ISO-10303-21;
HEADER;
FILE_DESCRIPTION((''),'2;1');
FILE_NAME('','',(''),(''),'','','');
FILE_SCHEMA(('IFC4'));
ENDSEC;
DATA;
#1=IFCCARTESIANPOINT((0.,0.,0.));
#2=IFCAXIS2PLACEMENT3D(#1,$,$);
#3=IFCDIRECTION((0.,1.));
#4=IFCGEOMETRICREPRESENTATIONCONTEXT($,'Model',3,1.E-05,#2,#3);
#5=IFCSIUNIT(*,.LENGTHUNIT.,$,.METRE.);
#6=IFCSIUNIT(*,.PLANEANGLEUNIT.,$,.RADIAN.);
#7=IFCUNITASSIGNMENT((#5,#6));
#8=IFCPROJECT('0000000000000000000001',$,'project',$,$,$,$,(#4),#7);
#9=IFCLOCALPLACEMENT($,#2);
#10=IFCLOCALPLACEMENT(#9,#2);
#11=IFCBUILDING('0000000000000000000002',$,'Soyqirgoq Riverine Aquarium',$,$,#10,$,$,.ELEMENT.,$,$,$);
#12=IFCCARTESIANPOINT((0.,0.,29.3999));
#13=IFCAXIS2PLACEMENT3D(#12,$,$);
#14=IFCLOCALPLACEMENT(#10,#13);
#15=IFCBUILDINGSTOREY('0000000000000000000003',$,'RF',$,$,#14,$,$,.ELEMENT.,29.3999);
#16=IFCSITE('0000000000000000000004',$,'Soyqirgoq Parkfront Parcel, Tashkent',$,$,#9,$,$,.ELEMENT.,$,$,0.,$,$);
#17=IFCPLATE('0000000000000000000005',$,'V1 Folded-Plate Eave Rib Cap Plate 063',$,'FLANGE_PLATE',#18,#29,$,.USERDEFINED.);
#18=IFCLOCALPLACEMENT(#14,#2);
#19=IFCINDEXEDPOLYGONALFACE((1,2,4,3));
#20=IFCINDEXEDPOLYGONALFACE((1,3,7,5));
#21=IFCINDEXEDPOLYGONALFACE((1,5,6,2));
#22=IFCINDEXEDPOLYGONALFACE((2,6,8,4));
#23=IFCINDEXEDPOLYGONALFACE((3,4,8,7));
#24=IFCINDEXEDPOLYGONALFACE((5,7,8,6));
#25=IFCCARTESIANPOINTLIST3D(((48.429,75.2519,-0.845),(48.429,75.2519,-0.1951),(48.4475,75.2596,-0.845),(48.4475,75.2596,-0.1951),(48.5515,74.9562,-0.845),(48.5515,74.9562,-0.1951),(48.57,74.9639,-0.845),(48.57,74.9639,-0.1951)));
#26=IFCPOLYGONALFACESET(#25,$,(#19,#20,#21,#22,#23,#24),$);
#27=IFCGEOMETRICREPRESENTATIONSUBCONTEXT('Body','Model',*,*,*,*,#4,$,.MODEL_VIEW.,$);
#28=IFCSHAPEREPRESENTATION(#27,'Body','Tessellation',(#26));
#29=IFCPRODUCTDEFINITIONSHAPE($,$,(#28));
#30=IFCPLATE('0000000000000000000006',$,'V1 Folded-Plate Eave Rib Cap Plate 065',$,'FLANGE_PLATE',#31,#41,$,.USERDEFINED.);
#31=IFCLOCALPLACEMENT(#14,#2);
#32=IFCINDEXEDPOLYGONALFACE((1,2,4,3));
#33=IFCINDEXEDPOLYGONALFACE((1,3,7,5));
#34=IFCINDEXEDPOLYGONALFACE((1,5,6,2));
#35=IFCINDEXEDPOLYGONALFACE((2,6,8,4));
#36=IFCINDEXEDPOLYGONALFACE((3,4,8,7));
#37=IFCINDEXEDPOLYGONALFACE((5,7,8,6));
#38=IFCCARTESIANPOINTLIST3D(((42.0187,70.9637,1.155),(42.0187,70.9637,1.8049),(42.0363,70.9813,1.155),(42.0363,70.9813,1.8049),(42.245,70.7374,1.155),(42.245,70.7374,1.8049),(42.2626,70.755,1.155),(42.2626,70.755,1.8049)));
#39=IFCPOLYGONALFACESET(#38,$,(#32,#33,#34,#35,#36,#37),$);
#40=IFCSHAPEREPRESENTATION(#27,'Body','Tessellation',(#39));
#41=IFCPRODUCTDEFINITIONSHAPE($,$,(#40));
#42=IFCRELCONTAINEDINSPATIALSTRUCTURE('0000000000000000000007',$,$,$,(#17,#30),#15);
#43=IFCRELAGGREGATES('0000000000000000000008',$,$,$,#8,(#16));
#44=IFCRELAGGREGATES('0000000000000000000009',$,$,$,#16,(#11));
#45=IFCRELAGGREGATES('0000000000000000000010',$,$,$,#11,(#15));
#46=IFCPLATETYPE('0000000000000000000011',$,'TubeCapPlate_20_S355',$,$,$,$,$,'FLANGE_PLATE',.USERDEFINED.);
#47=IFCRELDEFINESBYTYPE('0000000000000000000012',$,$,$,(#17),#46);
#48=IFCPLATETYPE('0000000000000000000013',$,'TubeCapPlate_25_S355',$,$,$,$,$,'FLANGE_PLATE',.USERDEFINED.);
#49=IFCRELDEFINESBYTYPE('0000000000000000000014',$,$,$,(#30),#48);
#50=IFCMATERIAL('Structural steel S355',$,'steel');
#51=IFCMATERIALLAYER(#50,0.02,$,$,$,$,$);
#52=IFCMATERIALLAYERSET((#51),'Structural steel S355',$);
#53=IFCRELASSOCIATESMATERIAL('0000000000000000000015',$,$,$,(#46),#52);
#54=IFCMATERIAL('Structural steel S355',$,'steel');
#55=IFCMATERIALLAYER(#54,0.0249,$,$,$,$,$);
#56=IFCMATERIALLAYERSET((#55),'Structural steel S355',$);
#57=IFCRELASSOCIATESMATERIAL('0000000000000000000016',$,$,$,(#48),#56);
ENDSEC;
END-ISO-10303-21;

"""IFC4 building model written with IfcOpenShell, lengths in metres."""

from ifc_helpers import new_model, si_unit, direction, frame, origin, origin_2d, place, context, subcontext, project, spatial, rectangle, extrude, material, layer, layer_set, type_object, element, save


model = new_model("IFC4")

# Units and contexts
model_context = context("Model", 3, precision=1e-05, world=origin(), true_north=direction((0.0, 1.0)))
body_context = subcontext(model_context, "Body", "Model", "MODEL_VIEW")
ifc_project = project(units=[si_unit("LENGTHUNIT", "METRE"), si_unit("PLANEANGLEUNIT", "RADIAN")], contexts=[model_context])

# Site, building, storey
site_placement = place(None, origin())
site = spatial("IfcSite", under=ifc_project, at=site_placement, Name="Soyqirgoq Parkfront Parcel, Tashkent", CompositionType="ELEMENT", RefElevation=0.0)
building_placement = place(site_placement, origin())
building = spatial("IfcBuilding", under=site, at=building_placement, Name="Soyqirgoq Riverine Aquarium", CompositionType="ELEMENT")
storey_placement = place(building_placement, frame((0.0, 0.0, 29.3999)))
storey = spatial("IfcBuildingStorey", under=building, at=storey_placement, Name="RF", CompositionType="ELEMENT", Elevation=29.3999)

# Plates
ifc_material_1 = material(Name="Structural steel S355", Category="steel")
ifc_layer_1 = layer(ifc_material_1, 0.02)
ifc_layer_set_1 = layer_set([ifc_layer_1], Name="Structural steel S355")
plate_type_1 = type_object("IfcPlateType", Name="TubeCapPlate_20_S355", ElementType="FLANGE_PLATE", PredefinedType="USERDEFINED", material=ifc_layer_set_1)
plate_1_placement = place(storey_placement, frame((48.4995, 75.1079, -0.845), z_axis=(0.0, 0.0, 1.0), x_axis=(-0.382683, 0.92388, 0.0)))
element("IfcPlate", 1, at=plate_1_placement, inside=storey, type_object=plate_type_1, Name="V1 Folded-Plate Eave Rib Cap Plate 063", ObjectType="FLANGE_PLATE", PredefinedType="USERDEFINED", context=body_context, shape_type="SweptSolid", body=[
    extrude(rectangle(XDim=0.3201, YDim=0.02, at=origin_2d()), origin(), (0.0, 0.0, 1.0), 0.6499),
])
ifc_material_2 = material(Name="Structural steel S355", Category="steel")
ifc_layer_2 = layer(ifc_material_2, 0.0249)
ifc_layer_set_2 = layer_set([ifc_layer_2], Name="Structural steel S355")
plate_type_2 = type_object("IfcPlateType", Name="TubeCapPlate_25_S355", ElementType="FLANGE_PLATE", PredefinedType="USERDEFINED", material=ifc_layer_set_2)
plate_2_placement = place(storey_placement, frame((42.1406, 70.8594, 1.155), z_axis=(0.0, 0.0, 1.0), x_axis=(-0.707107, 0.707107, 0.0)))
element("IfcPlate", 2, at=plate_2_placement, inside=storey, type_object=plate_type_2, Name="V1 Folded-Plate Eave Rib Cap Plate 065", ObjectType="FLANGE_PLATE", PredefinedType="USERDEFINED", context=body_context, shape_type="SweptSolid", body=[
    extrude(rectangle(XDim=0.3201, YDim=0.0249, at=origin_2d()), origin(), (0.0, 0.0, 1.0), 0.6499),
])

save(model, "model.ifc")
